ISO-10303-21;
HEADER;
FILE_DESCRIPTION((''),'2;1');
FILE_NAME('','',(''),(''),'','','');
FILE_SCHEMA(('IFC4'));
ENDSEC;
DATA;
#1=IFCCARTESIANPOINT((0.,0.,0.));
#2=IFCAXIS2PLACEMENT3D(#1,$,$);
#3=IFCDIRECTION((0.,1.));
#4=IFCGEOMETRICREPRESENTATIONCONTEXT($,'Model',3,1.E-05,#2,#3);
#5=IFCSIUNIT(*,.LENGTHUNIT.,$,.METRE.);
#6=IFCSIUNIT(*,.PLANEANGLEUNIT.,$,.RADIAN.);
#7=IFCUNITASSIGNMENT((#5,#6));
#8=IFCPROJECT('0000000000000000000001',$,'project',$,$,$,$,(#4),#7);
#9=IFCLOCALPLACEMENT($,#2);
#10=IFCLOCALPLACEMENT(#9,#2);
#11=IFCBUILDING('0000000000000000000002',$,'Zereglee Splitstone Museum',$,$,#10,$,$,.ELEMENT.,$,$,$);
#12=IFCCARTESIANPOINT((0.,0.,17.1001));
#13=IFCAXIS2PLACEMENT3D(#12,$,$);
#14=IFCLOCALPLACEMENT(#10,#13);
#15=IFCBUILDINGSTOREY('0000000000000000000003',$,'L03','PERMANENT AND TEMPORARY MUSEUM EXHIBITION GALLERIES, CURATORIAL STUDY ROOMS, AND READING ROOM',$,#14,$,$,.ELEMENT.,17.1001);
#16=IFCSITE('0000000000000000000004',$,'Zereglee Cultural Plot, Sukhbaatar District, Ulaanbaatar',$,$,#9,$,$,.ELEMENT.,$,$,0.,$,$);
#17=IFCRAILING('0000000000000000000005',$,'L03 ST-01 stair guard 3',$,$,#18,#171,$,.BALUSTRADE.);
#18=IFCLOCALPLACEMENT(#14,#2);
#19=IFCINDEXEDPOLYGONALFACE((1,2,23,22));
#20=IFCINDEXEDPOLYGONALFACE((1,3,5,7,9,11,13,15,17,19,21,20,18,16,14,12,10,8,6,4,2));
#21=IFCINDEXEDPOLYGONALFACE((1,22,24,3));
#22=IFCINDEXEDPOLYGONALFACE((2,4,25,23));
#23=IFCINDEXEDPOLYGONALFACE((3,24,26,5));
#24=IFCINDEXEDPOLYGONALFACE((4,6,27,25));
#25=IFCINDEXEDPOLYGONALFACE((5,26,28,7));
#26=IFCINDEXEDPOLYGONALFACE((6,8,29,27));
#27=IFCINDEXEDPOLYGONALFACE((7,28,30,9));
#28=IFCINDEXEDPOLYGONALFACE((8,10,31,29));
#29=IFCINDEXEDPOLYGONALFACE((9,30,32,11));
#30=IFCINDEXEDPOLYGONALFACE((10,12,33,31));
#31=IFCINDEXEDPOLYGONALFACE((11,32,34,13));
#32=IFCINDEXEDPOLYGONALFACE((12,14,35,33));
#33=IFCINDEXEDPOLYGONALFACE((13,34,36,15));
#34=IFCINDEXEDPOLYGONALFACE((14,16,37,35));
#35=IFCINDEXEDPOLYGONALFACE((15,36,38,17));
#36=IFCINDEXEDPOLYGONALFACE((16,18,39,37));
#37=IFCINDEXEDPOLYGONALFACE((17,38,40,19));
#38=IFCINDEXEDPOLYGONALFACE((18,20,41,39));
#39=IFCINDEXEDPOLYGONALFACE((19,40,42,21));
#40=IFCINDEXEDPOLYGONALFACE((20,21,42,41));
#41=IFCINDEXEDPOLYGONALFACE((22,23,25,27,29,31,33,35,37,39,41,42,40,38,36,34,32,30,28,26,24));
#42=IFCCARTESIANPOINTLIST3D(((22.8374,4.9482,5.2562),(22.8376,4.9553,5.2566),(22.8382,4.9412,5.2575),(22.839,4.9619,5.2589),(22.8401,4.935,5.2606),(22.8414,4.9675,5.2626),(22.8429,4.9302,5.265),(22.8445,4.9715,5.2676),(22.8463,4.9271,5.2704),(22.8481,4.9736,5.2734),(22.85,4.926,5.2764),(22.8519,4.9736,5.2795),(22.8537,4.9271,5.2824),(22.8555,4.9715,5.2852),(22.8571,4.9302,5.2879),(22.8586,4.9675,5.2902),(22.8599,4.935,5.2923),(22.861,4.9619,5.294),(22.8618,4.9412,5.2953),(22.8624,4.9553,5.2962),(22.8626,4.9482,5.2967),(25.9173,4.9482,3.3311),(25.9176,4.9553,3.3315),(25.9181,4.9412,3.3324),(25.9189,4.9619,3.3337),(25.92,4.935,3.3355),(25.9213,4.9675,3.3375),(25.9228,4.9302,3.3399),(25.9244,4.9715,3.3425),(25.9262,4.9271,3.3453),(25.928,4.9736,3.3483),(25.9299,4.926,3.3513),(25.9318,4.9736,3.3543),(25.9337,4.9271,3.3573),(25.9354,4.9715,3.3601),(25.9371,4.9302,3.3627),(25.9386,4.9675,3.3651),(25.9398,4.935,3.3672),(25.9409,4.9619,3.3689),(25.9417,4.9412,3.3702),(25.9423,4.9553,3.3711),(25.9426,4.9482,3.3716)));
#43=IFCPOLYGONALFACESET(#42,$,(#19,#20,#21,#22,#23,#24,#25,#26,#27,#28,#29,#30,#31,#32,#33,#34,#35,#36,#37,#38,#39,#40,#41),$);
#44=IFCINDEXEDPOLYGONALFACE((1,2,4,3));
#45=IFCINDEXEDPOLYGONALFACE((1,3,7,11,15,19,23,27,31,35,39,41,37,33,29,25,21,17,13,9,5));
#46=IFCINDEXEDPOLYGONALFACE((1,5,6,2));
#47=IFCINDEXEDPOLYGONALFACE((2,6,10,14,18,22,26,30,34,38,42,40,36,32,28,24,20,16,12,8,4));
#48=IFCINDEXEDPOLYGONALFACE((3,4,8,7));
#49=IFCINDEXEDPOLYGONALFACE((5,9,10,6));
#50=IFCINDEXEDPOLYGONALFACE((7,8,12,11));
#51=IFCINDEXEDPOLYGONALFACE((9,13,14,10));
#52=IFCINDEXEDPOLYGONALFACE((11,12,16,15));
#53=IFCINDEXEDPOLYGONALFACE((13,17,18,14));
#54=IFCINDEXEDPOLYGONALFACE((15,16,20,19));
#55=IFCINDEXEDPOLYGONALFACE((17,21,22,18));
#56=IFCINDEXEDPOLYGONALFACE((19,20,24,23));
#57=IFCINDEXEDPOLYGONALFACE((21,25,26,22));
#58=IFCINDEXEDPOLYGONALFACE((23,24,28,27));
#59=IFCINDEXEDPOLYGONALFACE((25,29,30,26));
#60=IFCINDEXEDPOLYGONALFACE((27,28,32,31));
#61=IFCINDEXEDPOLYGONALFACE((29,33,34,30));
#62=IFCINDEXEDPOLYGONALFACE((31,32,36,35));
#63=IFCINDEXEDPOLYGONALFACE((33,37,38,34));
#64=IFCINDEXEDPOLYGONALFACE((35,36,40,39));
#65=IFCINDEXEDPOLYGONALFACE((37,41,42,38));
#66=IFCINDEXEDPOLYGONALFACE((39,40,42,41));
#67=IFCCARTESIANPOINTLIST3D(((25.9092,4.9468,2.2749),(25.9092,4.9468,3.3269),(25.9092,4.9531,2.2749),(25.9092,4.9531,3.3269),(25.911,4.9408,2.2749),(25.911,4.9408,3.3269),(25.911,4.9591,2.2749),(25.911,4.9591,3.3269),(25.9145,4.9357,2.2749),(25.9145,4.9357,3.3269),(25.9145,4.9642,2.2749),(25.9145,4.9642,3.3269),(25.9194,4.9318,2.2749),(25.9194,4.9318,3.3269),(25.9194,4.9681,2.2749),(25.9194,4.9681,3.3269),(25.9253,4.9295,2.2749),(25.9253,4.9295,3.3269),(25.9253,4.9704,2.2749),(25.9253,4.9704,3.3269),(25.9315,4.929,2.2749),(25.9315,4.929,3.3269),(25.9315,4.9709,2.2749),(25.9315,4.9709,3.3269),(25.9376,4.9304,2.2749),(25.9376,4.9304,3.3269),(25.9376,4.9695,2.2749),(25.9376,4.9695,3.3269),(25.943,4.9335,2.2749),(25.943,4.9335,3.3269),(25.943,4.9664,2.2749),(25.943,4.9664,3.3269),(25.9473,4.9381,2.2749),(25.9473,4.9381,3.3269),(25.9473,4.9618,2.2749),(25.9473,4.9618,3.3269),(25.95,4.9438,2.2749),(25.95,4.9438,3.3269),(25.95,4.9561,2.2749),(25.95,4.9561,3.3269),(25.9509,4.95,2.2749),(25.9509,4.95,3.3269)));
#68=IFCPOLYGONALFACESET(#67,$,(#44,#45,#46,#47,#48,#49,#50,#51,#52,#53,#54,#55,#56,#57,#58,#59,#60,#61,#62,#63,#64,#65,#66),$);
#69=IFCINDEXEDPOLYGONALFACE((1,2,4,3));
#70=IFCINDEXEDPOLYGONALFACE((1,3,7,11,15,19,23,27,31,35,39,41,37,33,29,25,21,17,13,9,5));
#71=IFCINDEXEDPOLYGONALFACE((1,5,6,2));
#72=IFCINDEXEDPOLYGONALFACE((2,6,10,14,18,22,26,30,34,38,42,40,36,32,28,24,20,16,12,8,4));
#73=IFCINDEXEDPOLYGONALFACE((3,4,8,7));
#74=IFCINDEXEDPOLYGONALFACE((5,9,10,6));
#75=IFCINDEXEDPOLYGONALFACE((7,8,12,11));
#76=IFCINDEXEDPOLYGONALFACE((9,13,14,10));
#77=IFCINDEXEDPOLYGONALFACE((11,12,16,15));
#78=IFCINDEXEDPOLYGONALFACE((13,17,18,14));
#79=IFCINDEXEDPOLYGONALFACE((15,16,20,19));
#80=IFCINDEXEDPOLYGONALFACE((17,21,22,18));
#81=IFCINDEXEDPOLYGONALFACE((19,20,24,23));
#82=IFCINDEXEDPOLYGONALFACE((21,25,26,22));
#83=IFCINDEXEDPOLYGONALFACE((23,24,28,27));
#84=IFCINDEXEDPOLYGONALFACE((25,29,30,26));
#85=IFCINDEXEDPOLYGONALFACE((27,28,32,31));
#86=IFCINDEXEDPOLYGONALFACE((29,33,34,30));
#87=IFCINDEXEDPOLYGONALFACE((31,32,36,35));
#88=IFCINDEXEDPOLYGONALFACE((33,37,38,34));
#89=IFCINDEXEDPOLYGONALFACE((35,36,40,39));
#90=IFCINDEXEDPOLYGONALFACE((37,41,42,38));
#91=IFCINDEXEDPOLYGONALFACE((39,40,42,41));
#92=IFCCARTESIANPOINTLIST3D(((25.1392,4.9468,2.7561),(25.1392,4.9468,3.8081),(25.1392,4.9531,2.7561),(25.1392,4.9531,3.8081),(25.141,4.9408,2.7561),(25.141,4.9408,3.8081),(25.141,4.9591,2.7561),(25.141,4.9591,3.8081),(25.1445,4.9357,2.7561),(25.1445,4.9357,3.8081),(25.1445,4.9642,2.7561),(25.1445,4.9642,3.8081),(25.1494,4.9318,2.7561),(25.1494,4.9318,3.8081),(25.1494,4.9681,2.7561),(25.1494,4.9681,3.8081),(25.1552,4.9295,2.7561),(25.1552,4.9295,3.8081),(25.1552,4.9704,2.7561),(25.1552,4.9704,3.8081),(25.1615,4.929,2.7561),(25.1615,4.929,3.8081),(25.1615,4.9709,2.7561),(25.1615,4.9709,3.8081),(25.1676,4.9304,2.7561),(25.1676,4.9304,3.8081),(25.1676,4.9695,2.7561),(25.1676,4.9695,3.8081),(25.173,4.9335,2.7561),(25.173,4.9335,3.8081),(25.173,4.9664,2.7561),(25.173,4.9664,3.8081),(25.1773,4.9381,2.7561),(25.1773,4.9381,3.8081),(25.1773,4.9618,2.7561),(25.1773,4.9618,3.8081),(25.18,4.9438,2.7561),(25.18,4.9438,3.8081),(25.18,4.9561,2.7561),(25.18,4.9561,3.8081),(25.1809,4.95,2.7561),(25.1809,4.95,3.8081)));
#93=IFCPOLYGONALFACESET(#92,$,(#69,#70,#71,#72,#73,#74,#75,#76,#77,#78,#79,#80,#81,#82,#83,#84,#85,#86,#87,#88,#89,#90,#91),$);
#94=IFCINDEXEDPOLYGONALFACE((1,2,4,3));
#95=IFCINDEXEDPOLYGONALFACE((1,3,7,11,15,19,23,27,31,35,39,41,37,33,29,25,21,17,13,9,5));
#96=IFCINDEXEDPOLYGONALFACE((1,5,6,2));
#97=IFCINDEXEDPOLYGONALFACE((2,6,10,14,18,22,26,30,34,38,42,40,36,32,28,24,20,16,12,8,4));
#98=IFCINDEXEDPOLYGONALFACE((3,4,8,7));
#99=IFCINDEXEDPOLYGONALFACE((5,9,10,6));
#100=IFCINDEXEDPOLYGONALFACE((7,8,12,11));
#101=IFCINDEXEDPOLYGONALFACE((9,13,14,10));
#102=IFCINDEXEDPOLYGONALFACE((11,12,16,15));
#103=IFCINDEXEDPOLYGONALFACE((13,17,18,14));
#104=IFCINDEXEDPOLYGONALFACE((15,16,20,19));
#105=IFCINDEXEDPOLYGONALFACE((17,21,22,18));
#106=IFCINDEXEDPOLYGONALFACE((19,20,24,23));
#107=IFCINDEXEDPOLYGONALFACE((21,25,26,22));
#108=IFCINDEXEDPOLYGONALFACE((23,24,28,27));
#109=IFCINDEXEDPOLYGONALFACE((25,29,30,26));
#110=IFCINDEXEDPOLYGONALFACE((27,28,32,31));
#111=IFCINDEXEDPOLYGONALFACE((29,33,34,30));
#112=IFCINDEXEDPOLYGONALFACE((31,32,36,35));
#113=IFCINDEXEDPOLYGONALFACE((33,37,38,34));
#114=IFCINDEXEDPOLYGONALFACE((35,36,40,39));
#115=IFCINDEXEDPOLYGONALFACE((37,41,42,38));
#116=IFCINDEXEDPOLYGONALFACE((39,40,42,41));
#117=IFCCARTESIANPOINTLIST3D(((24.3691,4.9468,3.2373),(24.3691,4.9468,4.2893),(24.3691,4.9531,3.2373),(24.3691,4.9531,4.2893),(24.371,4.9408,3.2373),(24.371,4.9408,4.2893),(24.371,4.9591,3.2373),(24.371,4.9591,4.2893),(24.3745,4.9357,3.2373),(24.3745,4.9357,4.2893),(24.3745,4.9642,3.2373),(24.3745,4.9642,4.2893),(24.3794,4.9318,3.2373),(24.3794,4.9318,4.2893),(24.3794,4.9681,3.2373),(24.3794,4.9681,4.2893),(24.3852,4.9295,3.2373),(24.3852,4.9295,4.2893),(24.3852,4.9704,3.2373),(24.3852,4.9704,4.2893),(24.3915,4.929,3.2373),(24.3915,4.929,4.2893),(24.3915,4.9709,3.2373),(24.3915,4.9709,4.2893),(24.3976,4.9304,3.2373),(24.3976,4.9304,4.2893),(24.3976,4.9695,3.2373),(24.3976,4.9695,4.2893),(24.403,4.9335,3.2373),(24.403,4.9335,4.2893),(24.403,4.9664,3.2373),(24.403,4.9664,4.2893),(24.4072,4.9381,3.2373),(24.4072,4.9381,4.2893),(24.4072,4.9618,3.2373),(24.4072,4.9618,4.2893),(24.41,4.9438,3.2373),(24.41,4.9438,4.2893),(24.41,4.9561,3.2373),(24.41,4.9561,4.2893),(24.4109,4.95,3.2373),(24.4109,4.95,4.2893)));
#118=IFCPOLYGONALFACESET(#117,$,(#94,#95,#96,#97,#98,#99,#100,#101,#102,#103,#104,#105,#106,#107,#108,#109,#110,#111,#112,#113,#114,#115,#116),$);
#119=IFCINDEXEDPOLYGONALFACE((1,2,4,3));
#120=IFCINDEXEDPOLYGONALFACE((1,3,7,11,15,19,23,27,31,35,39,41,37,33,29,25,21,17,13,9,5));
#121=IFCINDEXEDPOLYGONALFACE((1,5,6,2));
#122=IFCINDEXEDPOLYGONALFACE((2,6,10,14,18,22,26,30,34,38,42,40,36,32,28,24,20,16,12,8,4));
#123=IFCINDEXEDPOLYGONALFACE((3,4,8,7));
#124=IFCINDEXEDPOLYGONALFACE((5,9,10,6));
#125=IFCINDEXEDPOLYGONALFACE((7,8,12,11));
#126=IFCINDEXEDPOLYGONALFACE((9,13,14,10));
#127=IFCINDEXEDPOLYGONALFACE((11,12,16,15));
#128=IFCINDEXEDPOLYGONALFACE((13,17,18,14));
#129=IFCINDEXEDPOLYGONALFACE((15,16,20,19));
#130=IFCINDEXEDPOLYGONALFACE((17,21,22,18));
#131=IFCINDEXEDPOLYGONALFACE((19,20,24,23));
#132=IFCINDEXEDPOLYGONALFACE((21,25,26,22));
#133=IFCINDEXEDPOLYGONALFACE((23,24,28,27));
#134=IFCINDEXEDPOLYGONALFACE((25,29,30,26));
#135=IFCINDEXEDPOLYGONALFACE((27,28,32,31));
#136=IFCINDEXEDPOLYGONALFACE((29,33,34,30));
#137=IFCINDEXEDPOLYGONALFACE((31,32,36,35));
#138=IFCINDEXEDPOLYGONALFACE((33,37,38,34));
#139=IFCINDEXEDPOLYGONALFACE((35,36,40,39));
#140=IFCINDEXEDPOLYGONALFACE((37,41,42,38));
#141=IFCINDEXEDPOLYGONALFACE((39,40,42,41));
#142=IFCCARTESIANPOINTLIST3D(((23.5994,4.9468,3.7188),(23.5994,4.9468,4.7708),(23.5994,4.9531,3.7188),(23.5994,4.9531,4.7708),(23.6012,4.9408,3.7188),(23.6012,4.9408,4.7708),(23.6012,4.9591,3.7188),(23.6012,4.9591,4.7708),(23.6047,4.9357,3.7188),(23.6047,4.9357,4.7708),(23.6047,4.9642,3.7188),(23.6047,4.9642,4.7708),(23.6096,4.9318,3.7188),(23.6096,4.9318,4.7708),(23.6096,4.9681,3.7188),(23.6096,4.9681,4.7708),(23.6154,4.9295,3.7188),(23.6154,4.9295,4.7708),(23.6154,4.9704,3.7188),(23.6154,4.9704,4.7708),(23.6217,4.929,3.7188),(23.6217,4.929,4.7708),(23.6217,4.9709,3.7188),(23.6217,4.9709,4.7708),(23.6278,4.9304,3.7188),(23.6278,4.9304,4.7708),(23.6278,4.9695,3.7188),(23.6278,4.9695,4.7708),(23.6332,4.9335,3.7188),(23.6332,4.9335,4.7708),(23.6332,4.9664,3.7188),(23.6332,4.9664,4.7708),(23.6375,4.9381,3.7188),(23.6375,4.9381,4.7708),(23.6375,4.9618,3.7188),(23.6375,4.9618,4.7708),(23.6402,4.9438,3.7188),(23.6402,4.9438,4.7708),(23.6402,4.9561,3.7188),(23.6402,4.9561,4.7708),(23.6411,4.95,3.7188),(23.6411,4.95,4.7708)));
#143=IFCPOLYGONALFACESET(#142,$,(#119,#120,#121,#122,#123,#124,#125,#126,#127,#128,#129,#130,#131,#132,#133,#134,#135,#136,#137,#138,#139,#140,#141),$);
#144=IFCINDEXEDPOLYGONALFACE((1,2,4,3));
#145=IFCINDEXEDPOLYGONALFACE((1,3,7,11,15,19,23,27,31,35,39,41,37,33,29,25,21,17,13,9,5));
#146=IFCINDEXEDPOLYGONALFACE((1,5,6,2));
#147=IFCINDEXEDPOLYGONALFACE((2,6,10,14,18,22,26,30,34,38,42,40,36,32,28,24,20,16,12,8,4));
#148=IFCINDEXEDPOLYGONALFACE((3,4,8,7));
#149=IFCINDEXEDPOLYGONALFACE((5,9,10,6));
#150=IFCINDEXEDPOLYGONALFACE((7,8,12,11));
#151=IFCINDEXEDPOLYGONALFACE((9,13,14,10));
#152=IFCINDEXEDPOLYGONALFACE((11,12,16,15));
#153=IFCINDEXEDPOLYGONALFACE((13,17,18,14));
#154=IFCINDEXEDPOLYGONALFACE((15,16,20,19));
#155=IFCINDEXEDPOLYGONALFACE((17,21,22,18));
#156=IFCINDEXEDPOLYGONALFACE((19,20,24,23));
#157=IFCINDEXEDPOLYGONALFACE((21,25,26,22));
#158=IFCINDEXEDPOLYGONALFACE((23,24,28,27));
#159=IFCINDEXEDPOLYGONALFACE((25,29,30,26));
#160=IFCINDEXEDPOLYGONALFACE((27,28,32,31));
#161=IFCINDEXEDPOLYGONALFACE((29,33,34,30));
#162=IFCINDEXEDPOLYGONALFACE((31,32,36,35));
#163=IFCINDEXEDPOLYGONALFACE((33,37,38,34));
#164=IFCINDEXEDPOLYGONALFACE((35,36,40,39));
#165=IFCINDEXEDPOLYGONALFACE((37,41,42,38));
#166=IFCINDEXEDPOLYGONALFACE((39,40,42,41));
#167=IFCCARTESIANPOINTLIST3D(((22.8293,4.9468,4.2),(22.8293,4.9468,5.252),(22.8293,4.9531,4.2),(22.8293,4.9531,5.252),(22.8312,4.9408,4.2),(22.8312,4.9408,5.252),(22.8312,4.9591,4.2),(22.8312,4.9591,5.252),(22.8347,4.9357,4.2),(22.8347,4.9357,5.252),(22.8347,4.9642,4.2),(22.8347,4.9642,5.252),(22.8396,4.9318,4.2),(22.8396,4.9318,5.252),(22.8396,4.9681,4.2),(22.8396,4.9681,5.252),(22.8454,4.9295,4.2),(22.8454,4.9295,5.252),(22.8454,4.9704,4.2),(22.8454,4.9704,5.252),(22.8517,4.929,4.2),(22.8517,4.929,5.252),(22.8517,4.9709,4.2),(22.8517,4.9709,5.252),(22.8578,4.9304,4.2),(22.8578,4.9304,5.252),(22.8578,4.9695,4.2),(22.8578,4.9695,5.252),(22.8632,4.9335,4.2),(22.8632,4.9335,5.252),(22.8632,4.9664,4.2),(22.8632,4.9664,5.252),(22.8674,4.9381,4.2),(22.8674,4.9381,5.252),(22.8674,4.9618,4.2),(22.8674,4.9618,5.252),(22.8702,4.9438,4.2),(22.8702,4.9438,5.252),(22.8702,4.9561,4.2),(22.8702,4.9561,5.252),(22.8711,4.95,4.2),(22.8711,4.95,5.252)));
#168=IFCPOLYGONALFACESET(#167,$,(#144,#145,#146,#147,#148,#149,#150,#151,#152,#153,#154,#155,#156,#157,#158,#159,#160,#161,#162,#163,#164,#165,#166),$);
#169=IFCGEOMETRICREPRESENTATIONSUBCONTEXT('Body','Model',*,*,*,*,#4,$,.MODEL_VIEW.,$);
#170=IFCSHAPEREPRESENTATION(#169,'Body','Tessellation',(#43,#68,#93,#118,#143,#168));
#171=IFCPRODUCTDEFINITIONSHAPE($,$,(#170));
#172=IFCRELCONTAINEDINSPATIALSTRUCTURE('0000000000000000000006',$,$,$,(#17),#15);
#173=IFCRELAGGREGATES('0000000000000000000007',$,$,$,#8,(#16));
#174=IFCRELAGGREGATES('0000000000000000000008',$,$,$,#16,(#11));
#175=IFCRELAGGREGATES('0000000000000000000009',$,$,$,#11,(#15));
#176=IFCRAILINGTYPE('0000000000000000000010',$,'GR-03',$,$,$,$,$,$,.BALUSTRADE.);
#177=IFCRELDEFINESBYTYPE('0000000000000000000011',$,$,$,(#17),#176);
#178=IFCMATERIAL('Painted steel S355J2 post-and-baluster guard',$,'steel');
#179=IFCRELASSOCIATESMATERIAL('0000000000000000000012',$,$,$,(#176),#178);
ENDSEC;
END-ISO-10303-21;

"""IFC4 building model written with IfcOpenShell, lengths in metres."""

from ifc_helpers import new_model, si_unit, direction, frame, origin, origin_2d, place, context, subcontext, project, spatial, circle, extrude, material, type_object, element, save


model = new_model("IFC4")

# Units and contexts
model_context = context("Model", 3, precision=1e-05, world=origin(), true_north=direction((0.0, 1.0)))
body_context = subcontext(model_context, "Body", "Model", "MODEL_VIEW")
ifc_project = project(units=[si_unit("LENGTHUNIT", "METRE"), si_unit("PLANEANGLEUNIT", "RADIAN")], contexts=[model_context])

# Site, building, storey
site_placement = place(None, origin())
site = spatial("IfcSite", under=ifc_project, at=site_placement, Name="Zereglee Cultural Plot, Sukhbaatar District, Ulaanbaatar", CompositionType="ELEMENT", RefElevation=0.0)
building_placement = place(site_placement, origin())
building = spatial("IfcBuilding", under=site, at=building_placement, Name="Zereglee Splitstone Museum", CompositionType="ELEMENT")
storey_placement = place(building_placement, frame((0.0, 0.0, 17.1001)))
storey = spatial("IfcBuildingStorey", under=building, at=storey_placement, Name="L03", Description="PERMANENT AND TEMPORARY MUSEUM EXHIBITION GALLERIES, CURATORIAL STUDY ROOMS, AND READING ROOM", CompositionType="ELEMENT", Elevation=17.1001)

# Railing
ifc_material_1 = material(Name="Painted steel S355J2 post-and-baluster guard", Category="steel")
railing_type_1 = type_object("IfcRailingType", Name="GR-03", PredefinedType="BALUSTRADE", material=ifc_material_1)
railing_1_placement = place(storey_placement, frame((25.9299, 4.95, 2.2749)))
element("IfcRailing", 1, at=railing_1_placement, inside=storey, type_object=railing_type_1, Name="L03 ST-01 stair guard 3", PredefinedType="BALUSTRADE", context=body_context, shape_type="SweptSolid", body=[
    extrude(circle(Radius=0.0239, at=origin_2d()), frame((0.0, 0.0, 1.0764), z_axis=(-0.847979, 0.0, 0.530029), x_axis=(0.0, -1.0, 0.0)), (0.0, 0.0, 1.0), 3.6321),
    extrude(circle(Radius=0.021, at=origin_2d()), origin(), (0.0, 0.0, 1.0), 1.052),
    extrude(circle(Radius=0.021, at=origin_2d()), frame((-0.77, 0.0, 0.4812)), (0.0, 0.0, 1.0), 1.052),
    extrude(circle(Radius=0.021, at=origin_2d()), frame((-1.54, 0.0, 0.9624)), (0.0, 0.0, 1.0), 1.052),
    extrude(circle(Radius=0.021, at=origin_2d()), frame((-2.3098, 0.0, 1.4438)), (0.0, 0.0, 1.0), 1.052),
    extrude(circle(Radius=0.021, at=origin_2d()), frame((-3.0798, 0.0, 1.925)), (0.0, 0.0, 1.0), 1.052),
])

save(model, "model.ifc")
